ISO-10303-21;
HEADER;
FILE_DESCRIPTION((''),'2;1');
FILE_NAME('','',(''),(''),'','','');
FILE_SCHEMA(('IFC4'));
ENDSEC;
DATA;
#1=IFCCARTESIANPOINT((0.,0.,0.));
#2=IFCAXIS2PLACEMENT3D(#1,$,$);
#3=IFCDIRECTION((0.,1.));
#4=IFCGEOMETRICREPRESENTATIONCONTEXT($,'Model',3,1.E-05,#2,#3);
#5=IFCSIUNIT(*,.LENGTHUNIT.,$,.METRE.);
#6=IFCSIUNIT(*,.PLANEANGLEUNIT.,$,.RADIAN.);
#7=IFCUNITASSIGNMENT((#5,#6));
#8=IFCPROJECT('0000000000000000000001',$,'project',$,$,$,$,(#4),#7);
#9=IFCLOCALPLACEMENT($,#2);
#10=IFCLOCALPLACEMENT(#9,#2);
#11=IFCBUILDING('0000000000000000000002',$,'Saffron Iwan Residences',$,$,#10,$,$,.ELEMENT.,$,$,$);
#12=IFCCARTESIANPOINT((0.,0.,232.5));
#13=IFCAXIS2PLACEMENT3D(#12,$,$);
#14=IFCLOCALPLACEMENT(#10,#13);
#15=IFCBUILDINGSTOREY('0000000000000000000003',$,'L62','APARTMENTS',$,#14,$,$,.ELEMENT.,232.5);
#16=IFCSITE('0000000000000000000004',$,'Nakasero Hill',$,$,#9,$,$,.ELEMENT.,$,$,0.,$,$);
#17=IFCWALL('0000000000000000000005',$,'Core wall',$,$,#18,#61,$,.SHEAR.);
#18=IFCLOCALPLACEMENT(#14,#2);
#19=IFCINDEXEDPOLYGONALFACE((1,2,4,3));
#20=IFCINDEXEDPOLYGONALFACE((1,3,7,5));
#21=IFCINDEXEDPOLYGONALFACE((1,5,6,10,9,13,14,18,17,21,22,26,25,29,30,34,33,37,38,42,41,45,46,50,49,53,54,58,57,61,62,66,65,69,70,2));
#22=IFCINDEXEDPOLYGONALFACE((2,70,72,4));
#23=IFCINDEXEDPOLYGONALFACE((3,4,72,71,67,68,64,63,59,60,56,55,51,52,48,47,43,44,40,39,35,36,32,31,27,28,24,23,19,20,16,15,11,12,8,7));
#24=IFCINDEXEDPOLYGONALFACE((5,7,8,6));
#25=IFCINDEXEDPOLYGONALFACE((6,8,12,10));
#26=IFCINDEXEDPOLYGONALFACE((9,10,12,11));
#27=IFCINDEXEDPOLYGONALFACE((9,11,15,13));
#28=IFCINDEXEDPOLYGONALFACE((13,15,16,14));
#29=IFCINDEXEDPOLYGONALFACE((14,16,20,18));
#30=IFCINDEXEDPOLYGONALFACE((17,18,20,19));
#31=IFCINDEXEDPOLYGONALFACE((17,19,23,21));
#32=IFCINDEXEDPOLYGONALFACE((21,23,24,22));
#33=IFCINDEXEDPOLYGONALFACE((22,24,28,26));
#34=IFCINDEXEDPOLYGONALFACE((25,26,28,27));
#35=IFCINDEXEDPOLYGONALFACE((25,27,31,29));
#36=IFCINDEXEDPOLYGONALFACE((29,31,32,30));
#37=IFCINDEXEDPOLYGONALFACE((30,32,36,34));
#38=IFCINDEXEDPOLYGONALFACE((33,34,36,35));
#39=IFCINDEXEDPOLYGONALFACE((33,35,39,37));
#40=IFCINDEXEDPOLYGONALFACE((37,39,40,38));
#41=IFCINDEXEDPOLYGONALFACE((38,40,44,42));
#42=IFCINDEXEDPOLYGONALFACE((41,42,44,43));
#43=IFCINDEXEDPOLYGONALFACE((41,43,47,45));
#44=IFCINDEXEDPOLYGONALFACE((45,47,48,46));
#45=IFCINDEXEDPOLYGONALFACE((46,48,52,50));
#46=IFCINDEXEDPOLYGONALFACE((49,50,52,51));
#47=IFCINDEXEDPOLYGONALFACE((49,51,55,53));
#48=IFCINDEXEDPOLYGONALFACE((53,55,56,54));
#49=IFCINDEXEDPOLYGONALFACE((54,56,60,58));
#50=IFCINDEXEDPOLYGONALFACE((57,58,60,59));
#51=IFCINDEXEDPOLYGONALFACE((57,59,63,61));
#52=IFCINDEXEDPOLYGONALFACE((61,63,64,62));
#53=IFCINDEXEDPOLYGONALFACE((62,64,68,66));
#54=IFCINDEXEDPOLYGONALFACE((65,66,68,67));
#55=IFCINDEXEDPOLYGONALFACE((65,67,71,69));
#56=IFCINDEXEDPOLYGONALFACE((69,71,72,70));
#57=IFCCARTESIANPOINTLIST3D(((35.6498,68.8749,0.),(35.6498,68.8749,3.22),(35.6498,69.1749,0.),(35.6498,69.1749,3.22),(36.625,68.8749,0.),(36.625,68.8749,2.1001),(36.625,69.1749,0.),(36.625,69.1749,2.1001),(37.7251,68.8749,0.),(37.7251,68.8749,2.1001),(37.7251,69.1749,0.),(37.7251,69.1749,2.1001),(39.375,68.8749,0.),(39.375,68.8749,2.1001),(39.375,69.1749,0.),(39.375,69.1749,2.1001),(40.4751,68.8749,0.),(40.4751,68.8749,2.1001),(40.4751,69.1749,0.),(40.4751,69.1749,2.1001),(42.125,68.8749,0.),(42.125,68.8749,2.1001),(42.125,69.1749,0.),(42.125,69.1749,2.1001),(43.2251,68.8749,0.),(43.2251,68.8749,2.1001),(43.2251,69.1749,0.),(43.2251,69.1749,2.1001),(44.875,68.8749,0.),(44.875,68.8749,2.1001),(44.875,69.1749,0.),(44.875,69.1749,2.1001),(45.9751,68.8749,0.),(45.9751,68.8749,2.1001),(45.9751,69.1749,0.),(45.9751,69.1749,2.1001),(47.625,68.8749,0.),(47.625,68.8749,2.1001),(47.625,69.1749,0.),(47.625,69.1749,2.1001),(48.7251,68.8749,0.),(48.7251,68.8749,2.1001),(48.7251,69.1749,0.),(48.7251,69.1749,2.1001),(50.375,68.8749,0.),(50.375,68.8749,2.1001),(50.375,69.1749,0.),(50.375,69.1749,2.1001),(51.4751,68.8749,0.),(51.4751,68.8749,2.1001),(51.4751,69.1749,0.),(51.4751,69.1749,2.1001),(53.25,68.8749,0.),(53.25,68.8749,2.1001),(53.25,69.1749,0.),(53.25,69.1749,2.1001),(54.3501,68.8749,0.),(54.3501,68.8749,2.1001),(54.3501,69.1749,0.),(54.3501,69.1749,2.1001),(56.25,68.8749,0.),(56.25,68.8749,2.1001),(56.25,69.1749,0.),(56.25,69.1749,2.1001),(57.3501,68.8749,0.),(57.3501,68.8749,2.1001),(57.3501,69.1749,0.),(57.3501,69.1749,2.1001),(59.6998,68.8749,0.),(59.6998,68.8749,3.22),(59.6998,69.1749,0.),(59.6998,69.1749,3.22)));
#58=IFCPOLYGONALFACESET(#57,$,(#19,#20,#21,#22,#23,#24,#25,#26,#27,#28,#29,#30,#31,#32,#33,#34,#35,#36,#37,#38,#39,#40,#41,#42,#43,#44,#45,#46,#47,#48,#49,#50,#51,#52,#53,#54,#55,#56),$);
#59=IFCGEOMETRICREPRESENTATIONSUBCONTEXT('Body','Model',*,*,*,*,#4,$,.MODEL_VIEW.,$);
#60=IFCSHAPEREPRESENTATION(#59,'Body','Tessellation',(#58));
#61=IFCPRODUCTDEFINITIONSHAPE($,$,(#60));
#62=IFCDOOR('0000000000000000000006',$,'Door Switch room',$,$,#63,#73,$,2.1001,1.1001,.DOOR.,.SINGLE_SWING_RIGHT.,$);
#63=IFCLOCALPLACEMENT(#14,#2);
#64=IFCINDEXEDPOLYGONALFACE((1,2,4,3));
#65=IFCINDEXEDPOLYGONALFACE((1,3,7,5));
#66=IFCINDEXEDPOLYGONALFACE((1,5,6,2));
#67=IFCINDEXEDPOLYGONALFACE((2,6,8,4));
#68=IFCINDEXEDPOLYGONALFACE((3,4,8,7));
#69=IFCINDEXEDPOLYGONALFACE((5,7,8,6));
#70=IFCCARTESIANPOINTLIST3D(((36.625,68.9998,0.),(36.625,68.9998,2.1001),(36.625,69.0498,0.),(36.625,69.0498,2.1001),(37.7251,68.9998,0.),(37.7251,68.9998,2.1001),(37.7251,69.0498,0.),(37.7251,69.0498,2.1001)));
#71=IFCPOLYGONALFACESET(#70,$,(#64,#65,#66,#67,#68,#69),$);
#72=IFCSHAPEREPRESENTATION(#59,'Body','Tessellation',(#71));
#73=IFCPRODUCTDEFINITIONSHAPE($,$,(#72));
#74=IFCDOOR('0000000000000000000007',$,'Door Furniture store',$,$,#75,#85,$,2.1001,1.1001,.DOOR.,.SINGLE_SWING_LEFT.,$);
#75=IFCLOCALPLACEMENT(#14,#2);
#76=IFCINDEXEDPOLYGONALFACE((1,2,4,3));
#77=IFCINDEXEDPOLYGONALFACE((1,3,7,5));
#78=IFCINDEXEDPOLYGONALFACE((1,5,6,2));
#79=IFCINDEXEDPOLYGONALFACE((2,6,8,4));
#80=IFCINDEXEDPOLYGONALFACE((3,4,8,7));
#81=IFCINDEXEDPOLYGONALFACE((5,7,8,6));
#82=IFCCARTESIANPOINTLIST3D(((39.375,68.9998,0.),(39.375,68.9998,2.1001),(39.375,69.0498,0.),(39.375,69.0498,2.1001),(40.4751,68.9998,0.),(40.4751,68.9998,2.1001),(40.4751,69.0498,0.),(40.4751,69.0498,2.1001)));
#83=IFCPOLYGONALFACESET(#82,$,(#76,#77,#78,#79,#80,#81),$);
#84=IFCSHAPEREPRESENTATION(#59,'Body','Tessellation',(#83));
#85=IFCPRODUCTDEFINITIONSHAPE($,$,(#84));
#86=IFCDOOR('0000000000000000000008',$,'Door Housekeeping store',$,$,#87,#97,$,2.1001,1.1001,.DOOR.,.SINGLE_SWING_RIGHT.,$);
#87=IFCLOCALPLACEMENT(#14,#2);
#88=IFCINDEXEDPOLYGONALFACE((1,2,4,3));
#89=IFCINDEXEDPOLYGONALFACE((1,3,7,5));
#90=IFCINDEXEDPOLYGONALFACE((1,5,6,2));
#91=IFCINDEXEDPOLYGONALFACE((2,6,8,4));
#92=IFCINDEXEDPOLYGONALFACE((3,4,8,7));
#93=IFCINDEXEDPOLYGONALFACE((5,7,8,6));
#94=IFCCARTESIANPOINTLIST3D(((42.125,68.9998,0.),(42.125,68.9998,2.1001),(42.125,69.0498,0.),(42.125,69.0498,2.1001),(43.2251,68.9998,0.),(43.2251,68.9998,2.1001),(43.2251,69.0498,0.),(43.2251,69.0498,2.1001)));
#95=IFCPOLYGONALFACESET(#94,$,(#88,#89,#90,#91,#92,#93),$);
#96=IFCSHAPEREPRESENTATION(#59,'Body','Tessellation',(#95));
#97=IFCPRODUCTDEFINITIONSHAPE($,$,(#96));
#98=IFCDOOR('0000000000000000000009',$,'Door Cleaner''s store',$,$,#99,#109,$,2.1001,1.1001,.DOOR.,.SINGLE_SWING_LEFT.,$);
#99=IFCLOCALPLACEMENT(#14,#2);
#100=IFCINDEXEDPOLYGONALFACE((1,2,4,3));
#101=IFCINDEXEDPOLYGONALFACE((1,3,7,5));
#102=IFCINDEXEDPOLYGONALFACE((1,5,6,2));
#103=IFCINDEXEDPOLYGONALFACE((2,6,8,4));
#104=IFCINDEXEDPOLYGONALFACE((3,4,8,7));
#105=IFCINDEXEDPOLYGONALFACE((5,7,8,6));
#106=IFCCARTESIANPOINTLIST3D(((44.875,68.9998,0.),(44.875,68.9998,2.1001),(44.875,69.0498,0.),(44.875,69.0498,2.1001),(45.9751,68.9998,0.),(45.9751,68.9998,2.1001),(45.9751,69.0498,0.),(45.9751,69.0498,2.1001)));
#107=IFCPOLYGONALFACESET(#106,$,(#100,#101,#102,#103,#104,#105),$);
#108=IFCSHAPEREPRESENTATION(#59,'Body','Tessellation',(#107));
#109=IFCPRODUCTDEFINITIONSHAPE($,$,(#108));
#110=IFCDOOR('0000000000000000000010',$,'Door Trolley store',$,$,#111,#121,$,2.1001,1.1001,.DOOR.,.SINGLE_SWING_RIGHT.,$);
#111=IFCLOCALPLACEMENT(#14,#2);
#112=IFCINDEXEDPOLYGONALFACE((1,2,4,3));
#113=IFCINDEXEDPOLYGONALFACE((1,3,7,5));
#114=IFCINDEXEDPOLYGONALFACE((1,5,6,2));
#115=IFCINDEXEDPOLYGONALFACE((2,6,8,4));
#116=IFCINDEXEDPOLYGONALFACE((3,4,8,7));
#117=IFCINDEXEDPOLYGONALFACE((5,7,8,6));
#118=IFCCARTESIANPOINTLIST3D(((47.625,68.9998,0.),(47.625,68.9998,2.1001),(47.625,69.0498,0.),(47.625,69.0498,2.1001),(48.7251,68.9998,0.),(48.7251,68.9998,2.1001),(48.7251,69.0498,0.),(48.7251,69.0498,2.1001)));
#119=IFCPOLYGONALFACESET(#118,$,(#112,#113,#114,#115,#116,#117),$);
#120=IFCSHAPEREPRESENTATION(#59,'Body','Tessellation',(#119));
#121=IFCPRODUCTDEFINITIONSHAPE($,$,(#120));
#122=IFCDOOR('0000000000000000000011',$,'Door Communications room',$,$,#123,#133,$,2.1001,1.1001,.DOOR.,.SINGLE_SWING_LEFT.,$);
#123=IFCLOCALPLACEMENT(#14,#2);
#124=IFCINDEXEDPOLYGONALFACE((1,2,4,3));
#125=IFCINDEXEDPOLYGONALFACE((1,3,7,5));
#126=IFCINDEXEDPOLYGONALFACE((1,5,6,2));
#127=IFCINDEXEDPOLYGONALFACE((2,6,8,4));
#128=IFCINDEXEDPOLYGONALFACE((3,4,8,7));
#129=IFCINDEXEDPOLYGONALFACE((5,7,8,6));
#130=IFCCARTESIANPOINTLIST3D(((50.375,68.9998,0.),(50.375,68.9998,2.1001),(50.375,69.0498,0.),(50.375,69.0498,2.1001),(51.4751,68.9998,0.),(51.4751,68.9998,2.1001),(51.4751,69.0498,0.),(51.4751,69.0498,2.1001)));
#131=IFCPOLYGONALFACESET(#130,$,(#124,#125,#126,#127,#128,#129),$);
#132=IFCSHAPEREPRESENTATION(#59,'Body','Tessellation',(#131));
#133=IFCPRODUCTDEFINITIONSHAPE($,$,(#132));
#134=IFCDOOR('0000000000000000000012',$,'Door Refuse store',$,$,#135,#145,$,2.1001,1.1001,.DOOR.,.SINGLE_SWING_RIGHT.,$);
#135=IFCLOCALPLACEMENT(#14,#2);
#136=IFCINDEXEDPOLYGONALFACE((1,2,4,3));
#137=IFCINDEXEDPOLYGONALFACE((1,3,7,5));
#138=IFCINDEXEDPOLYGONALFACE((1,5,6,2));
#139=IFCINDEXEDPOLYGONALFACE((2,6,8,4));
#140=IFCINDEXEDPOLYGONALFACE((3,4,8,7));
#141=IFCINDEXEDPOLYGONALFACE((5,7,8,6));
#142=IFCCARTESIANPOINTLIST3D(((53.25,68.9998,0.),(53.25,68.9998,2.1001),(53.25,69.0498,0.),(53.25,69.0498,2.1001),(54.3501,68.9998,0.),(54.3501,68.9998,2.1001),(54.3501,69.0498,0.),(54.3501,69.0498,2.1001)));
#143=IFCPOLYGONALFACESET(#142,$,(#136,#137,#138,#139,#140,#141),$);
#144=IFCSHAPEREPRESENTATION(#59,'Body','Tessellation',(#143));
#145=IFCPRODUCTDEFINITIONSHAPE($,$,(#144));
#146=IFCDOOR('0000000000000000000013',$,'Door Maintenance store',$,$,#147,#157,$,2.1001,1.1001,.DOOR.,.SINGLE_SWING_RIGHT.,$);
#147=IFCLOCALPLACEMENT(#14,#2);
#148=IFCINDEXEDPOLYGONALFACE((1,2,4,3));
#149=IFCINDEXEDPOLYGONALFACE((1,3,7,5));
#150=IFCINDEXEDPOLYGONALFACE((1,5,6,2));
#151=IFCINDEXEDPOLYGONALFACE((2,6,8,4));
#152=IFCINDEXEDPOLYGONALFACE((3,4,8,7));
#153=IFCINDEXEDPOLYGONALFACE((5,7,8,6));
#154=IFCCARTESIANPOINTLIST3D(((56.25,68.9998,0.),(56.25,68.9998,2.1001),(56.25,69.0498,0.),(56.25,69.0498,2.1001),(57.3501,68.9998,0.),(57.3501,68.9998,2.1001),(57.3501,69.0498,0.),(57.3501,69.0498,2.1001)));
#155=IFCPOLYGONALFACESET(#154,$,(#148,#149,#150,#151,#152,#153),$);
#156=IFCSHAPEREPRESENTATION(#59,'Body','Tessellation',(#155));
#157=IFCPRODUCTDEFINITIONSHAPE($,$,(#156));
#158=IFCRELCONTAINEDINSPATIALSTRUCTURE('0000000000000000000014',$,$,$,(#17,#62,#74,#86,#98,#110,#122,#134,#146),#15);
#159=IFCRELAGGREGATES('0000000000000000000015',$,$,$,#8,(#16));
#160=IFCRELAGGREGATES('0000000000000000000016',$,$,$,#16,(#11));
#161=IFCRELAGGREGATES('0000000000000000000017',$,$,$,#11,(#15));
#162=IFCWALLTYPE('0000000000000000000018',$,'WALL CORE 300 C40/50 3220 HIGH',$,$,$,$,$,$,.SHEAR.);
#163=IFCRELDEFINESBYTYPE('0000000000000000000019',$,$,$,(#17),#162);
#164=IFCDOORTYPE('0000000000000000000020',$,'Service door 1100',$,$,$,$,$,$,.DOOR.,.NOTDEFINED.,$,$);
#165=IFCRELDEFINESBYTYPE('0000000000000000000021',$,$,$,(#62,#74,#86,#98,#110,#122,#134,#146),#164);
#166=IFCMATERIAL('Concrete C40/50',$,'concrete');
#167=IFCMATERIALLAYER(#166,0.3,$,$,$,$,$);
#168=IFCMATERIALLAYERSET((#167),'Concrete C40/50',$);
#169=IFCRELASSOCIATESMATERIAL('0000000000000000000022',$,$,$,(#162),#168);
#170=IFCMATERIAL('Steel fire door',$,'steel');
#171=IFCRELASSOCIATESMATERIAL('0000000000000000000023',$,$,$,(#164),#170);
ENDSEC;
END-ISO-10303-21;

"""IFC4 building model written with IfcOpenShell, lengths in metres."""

from ifc_helpers import new_model, si_unit, direction, frame, frame_2d, origin, place, context, subcontext, project, spatial, rectangle, extrude, material, layer, layer_set, type_object, element, fill, save


model = new_model("IFC4")

# Units and contexts
model_context = context("Model", 3, precision=1e-05, world=origin(), true_north=direction((0.0, 1.0)))
body_context = subcontext(model_context, "Body", "Model", "MODEL_VIEW")
ifc_project = project(units=[si_unit("LENGTHUNIT", "METRE"), si_unit("PLANEANGLEUNIT", "RADIAN")], contexts=[model_context])

# Site, building, storey
site_placement = place(None, origin())
site = spatial("IfcSite", under=ifc_project, at=site_placement, Name="Nakasero Hill", CompositionType="ELEMENT", RefElevation=0.0)
building_placement = place(site_placement, origin())
building = spatial("IfcBuilding", under=site, at=building_placement, Name="Saffron Iwan Residences", CompositionType="ELEMENT")
storey_placement = place(building_placement, frame((0.0, 0.0, 232.5)))
storey = spatial("IfcBuildingStorey", under=building, at=storey_placement, Name="L62", Description="APARTMENTS", CompositionType="ELEMENT", Elevation=232.5)

# Shared definitions
ifc_material_1 = material(Name="Concrete C40/50", Category="concrete")

# Shared definitions
ifc_material_2 = material(Name="Steel fire door", Category="steel")

# Wall, openings, doors
ifc_layer_1 = layer(ifc_material_1, 0.3)
ifc_layer_set_1 = layer_set([ifc_layer_1], Name="Concrete C40/50")
wall_type_1 = type_object("IfcWallType", Name="WALL CORE 300 C40/50 3220 HIGH", PredefinedType="SHEAR", material=ifc_layer_set_1)
wall_1_placement = place(storey_placement, frame((35.6499, 69.0249, 0.0), z_axis=(0.0, 0.0, 1.0), x_axis=(1.0, 0.0, 0.0)))
wall_1 = element("IfcWall", 1, at=wall_1_placement, inside=storey, type_object=wall_type_1, Name="Core wall", PredefinedType="SHEAR", context=body_context, shape_type="SweptSolid", body=[
    extrude(rectangle(XDim=24.05, YDim=0.3, at=frame_2d((12.0249, 0.0))), origin(), (0.0, 0.0, 1.0), 3.22),
])
opening_1_placement = place(wall_1_placement, frame((0.9751, 0.0, 0.0)))
opening_1 = element("IfcOpeningElement", 2, at=opening_1_placement, cuts=wall_1, PredefinedType="OPENING", context=body_context, shape_type="SweptSolid", body=[
    extrude(rectangle(XDim=1.1001, YDim=2.1001, at=frame_2d((0.55, 1.05))), frame((0.0, 0.1602, 0.0), z_axis=(0.0, -1.0, 0.0), x_axis=(1.0, 0.0, 0.0)), (0.0, 0.0, 1.0), 0.3201),
])
opening_2_placement = place(wall_1_placement, frame((3.7251, 0.0, 0.0)))
opening_2 = element("IfcOpeningElement", 3, at=opening_2_placement, cuts=wall_1, PredefinedType="OPENING", context=body_context, shape_type="SweptSolid", body=[
    extrude(rectangle(XDim=1.1001, YDim=2.1001, at=frame_2d((0.55, 1.05))), frame((0.0, 0.1602, 0.0), z_axis=(0.0, -1.0, 0.0), x_axis=(1.0, 0.0, 0.0)), (0.0, 0.0, 1.0), 0.3201),
])
opening_3_placement = place(wall_1_placement, frame((6.4751, 0.0, 0.0)))
opening_3 = element("IfcOpeningElement", 4, at=opening_3_placement, cuts=wall_1, PredefinedType="OPENING", context=body_context, shape_type="SweptSolid", body=[
    extrude(rectangle(XDim=1.1001, YDim=2.1001, at=frame_2d((0.55, 1.05))), frame((0.0, 0.1602, 0.0), z_axis=(0.0, -1.0, 0.0), x_axis=(1.0, 0.0, 0.0)), (0.0, 0.0, 1.0), 0.3201),
])
opening_4_placement = place(wall_1_placement, frame((9.2251, 0.0, 0.0)))
opening_4 = element("IfcOpeningElement", 5, at=opening_4_placement, cuts=wall_1, PredefinedType="OPENING", context=body_context, shape_type="SweptSolid", body=[
    extrude(rectangle(XDim=1.1001, YDim=2.1001, at=frame_2d((0.55, 1.05))), frame((0.0, 0.1602, 0.0), z_axis=(0.0, -1.0, 0.0), x_axis=(1.0, 0.0, 0.0)), (0.0, 0.0, 1.0), 0.3201),
])
opening_5_placement = place(wall_1_placement, frame((11.9751, 0.0, 0.0)))
opening_5 = element("IfcOpeningElement", 6, at=opening_5_placement, cuts=wall_1, PredefinedType="OPENING", context=body_context, shape_type="SweptSolid", body=[
    extrude(rectangle(XDim=1.1001, YDim=2.1001, at=frame_2d((0.55, 1.05))), frame((0.0, 0.1602, 0.0), z_axis=(0.0, -1.0, 0.0), x_axis=(1.0, 0.0, 0.0)), (0.0, 0.0, 1.0), 0.3201),
])
opening_6_placement = place(wall_1_placement, frame((14.7251, 0.0, 0.0)))
opening_6 = element("IfcOpeningElement", 7, at=opening_6_placement, cuts=wall_1, PredefinedType="OPENING", context=body_context, shape_type="SweptSolid", body=[
    extrude(rectangle(XDim=1.1001, YDim=2.1001, at=frame_2d((0.55, 1.05))), frame((0.0, 0.1602, 0.0), z_axis=(0.0, -1.0, 0.0), x_axis=(1.0, 0.0, 0.0)), (0.0, 0.0, 1.0), 0.3201),
])
opening_7_placement = place(wall_1_placement, frame((17.6001, 0.0, 0.0)))
opening_7 = element("IfcOpeningElement", 8, at=opening_7_placement, cuts=wall_1, PredefinedType="OPENING", context=body_context, shape_type="SweptSolid", body=[
    extrude(rectangle(XDim=1.1001, YDim=2.1001, at=frame_2d((0.55, 1.05))), frame((0.0, 0.1602, 0.0), z_axis=(0.0, -1.0, 0.0), x_axis=(1.0, 0.0, 0.0)), (0.0, 0.0, 1.0), 0.3201),
])
opening_8_placement = place(wall_1_placement, frame((20.6001, 0.0, 0.0)))
opening_8 = element("IfcOpeningElement", 9, at=opening_8_placement, cuts=wall_1, PredefinedType="OPENING", context=body_context, shape_type="SweptSolid", body=[
    extrude(rectangle(XDim=1.1001, YDim=2.1001, at=frame_2d((0.55, 1.05))), frame((0.0, 0.1602, 0.0), z_axis=(0.0, -1.0, 0.0), x_axis=(1.0, 0.0, 0.0)), (0.0, 0.0, 1.0), 0.3201),
])
door_type_1 = type_object("IfcDoorType", Name="Service door 1100", OperationType="NOTDEFINED", PredefinedType="DOOR", material=ifc_material_2)
door_1_placement = place(opening_1_placement, origin())
door_1 = element("IfcDoor", 10, at=door_1_placement, inside=storey, type_object=door_type_1, Name="Door Switch room", OperationType="SINGLE_SWING_RIGHT", OverallHeight=2.1001, OverallWidth=1.1001, PredefinedType="DOOR", context=body_context, shape_type="SweptSolid", body=[
    extrude(rectangle(XDim=1.1001, YDim=2.1001, at=frame_2d((0.55, 1.05))), frame((0.0, 0.0249, 0.0), z_axis=(0.0, -1.0, 0.0), x_axis=(1.0, 0.0, 0.0)), (0.0, 0.0, 1.0), 0.05),
])
fill(opening_1, door_1)
door_2_placement = place(opening_2_placement, origin())
door_2 = element("IfcDoor", 11, at=door_2_placement, inside=storey, type_object=door_type_1, Name="Door Furniture store", OperationType="SINGLE_SWING_LEFT", OverallHeight=2.1001, OverallWidth=1.1001, PredefinedType="DOOR", context=body_context, shape_type="SweptSolid", body=[
    extrude(rectangle(XDim=1.1001, YDim=2.1001, at=frame_2d((0.55, 1.05))), frame((0.0, 0.0249, 0.0), z_axis=(0.0, -1.0, 0.0), x_axis=(1.0, 0.0, 0.0)), (0.0, 0.0, 1.0), 0.05),
])
fill(opening_2, door_2)
door_3_placement = place(opening_3_placement, origin())
door_3 = element("IfcDoor", 12, at=door_3_placement, inside=storey, type_object=door_type_1, Name="Door Housekeeping store", OperationType="SINGLE_SWING_RIGHT", OverallHeight=2.1001, OverallWidth=1.1001, PredefinedType="DOOR", context=body_context, shape_type="SweptSolid", body=[
    extrude(rectangle(XDim=1.1001, YDim=2.1001, at=frame_2d((0.55, 1.05))), frame((0.0, 0.0249, 0.0), z_axis=(0.0, -1.0, 0.0), x_axis=(1.0, 0.0, 0.0)), (0.0, 0.0, 1.0), 0.05),
])
fill(opening_3, door_3)
door_4_placement = place(opening_4_placement, origin())
door_4 = element("IfcDoor", 13, at=door_4_placement, inside=storey, type_object=door_type_1, Name="Door Cleaner's store", OperationType="SINGLE_SWING_LEFT", OverallHeight=2.1001, OverallWidth=1.1001, PredefinedType="DOOR", context=body_context, shape_type="SweptSolid", body=[
    extrude(rectangle(XDim=1.1001, YDim=2.1001, at=frame_2d((0.55, 1.05))), frame((0.0, 0.0249, 0.0), z_axis=(0.0, -1.0, 0.0), x_axis=(1.0, 0.0, 0.0)), (0.0, 0.0, 1.0), 0.05),
])
fill(opening_4, door_4)
door_5_placement = place(opening_5_placement, origin())
door_5 = element("IfcDoor", 14, at=door_5_placement, inside=storey, type_object=door_type_1, Name="Door Trolley store", OperationType="SINGLE_SWING_RIGHT", OverallHeight=2.1001, OverallWidth=1.1001, PredefinedType="DOOR", context=body_context, shape_type="SweptSolid", body=[
    extrude(rectangle(XDim=1.1001, YDim=2.1001, at=frame_2d((0.55, 1.05))), frame((0.0, 0.0249, 0.0), z_axis=(0.0, -1.0, 0.0), x_axis=(1.0, 0.0, 0.0)), (0.0, 0.0, 1.0), 0.05),
])
fill(opening_5, door_5)
door_6_placement = place(opening_6_placement, origin())
door_6 = element("IfcDoor", 15, at=door_6_placement, inside=storey, type_object=door_type_1, Name="Door Communications room", OperationType="SINGLE_SWING_LEFT", OverallHeight=2.1001, OverallWidth=1.1001, PredefinedType="DOOR", context=body_context, shape_type="SweptSolid", body=[
    extrude(rectangle(XDim=1.1001, YDim=2.1001, at=frame_2d((0.55, 1.05))), frame((0.0, 0.0249, 0.0), z_axis=(0.0, -1.0, 0.0), x_axis=(1.0, 0.0, 0.0)), (0.0, 0.0, 1.0), 0.05),
])
fill(opening_6, door_6)
door_7_placement = place(opening_7_placement, origin())
door_7 = element("IfcDoor", 16, at=door_7_placement, inside=storey, type_object=door_type_1, Name="Door Refuse store", OperationType="SINGLE_SWING_RIGHT", OverallHeight=2.1001, OverallWidth=1.1001, PredefinedType="DOOR", context=body_context, shape_type="SweptSolid", body=[
    extrude(rectangle(XDim=1.1001, YDim=2.1001, at=frame_2d((0.55, 1.05))), frame((0.0, 0.0249, 0.0), z_axis=(0.0, -1.0, 0.0), x_axis=(1.0, 0.0, 0.0)), (0.0, 0.0, 1.0), 0.05),
])
fill(opening_7, door_7)
door_8_placement = place(opening_8_placement, origin())
door_8 = element("IfcDoor", 17, at=door_8_placement, inside=storey, type_object=door_type_1, Name="Door Maintenance store", OperationType="SINGLE_SWING_RIGHT", OverallHeight=2.1001, OverallWidth=1.1001, PredefinedType="DOOR", context=body_context, shape_type="SweptSolid", body=[
    extrude(rectangle(XDim=1.1001, YDim=2.1001, at=frame_2d((0.55, 1.05))), frame((0.0, 0.0249, 0.0), z_axis=(0.0, -1.0, 0.0), x_axis=(1.0, 0.0, 0.0)), (0.0, 0.0, 1.0), 0.05),
])
fill(opening_8, door_8)

save(model, "model.ifc")
